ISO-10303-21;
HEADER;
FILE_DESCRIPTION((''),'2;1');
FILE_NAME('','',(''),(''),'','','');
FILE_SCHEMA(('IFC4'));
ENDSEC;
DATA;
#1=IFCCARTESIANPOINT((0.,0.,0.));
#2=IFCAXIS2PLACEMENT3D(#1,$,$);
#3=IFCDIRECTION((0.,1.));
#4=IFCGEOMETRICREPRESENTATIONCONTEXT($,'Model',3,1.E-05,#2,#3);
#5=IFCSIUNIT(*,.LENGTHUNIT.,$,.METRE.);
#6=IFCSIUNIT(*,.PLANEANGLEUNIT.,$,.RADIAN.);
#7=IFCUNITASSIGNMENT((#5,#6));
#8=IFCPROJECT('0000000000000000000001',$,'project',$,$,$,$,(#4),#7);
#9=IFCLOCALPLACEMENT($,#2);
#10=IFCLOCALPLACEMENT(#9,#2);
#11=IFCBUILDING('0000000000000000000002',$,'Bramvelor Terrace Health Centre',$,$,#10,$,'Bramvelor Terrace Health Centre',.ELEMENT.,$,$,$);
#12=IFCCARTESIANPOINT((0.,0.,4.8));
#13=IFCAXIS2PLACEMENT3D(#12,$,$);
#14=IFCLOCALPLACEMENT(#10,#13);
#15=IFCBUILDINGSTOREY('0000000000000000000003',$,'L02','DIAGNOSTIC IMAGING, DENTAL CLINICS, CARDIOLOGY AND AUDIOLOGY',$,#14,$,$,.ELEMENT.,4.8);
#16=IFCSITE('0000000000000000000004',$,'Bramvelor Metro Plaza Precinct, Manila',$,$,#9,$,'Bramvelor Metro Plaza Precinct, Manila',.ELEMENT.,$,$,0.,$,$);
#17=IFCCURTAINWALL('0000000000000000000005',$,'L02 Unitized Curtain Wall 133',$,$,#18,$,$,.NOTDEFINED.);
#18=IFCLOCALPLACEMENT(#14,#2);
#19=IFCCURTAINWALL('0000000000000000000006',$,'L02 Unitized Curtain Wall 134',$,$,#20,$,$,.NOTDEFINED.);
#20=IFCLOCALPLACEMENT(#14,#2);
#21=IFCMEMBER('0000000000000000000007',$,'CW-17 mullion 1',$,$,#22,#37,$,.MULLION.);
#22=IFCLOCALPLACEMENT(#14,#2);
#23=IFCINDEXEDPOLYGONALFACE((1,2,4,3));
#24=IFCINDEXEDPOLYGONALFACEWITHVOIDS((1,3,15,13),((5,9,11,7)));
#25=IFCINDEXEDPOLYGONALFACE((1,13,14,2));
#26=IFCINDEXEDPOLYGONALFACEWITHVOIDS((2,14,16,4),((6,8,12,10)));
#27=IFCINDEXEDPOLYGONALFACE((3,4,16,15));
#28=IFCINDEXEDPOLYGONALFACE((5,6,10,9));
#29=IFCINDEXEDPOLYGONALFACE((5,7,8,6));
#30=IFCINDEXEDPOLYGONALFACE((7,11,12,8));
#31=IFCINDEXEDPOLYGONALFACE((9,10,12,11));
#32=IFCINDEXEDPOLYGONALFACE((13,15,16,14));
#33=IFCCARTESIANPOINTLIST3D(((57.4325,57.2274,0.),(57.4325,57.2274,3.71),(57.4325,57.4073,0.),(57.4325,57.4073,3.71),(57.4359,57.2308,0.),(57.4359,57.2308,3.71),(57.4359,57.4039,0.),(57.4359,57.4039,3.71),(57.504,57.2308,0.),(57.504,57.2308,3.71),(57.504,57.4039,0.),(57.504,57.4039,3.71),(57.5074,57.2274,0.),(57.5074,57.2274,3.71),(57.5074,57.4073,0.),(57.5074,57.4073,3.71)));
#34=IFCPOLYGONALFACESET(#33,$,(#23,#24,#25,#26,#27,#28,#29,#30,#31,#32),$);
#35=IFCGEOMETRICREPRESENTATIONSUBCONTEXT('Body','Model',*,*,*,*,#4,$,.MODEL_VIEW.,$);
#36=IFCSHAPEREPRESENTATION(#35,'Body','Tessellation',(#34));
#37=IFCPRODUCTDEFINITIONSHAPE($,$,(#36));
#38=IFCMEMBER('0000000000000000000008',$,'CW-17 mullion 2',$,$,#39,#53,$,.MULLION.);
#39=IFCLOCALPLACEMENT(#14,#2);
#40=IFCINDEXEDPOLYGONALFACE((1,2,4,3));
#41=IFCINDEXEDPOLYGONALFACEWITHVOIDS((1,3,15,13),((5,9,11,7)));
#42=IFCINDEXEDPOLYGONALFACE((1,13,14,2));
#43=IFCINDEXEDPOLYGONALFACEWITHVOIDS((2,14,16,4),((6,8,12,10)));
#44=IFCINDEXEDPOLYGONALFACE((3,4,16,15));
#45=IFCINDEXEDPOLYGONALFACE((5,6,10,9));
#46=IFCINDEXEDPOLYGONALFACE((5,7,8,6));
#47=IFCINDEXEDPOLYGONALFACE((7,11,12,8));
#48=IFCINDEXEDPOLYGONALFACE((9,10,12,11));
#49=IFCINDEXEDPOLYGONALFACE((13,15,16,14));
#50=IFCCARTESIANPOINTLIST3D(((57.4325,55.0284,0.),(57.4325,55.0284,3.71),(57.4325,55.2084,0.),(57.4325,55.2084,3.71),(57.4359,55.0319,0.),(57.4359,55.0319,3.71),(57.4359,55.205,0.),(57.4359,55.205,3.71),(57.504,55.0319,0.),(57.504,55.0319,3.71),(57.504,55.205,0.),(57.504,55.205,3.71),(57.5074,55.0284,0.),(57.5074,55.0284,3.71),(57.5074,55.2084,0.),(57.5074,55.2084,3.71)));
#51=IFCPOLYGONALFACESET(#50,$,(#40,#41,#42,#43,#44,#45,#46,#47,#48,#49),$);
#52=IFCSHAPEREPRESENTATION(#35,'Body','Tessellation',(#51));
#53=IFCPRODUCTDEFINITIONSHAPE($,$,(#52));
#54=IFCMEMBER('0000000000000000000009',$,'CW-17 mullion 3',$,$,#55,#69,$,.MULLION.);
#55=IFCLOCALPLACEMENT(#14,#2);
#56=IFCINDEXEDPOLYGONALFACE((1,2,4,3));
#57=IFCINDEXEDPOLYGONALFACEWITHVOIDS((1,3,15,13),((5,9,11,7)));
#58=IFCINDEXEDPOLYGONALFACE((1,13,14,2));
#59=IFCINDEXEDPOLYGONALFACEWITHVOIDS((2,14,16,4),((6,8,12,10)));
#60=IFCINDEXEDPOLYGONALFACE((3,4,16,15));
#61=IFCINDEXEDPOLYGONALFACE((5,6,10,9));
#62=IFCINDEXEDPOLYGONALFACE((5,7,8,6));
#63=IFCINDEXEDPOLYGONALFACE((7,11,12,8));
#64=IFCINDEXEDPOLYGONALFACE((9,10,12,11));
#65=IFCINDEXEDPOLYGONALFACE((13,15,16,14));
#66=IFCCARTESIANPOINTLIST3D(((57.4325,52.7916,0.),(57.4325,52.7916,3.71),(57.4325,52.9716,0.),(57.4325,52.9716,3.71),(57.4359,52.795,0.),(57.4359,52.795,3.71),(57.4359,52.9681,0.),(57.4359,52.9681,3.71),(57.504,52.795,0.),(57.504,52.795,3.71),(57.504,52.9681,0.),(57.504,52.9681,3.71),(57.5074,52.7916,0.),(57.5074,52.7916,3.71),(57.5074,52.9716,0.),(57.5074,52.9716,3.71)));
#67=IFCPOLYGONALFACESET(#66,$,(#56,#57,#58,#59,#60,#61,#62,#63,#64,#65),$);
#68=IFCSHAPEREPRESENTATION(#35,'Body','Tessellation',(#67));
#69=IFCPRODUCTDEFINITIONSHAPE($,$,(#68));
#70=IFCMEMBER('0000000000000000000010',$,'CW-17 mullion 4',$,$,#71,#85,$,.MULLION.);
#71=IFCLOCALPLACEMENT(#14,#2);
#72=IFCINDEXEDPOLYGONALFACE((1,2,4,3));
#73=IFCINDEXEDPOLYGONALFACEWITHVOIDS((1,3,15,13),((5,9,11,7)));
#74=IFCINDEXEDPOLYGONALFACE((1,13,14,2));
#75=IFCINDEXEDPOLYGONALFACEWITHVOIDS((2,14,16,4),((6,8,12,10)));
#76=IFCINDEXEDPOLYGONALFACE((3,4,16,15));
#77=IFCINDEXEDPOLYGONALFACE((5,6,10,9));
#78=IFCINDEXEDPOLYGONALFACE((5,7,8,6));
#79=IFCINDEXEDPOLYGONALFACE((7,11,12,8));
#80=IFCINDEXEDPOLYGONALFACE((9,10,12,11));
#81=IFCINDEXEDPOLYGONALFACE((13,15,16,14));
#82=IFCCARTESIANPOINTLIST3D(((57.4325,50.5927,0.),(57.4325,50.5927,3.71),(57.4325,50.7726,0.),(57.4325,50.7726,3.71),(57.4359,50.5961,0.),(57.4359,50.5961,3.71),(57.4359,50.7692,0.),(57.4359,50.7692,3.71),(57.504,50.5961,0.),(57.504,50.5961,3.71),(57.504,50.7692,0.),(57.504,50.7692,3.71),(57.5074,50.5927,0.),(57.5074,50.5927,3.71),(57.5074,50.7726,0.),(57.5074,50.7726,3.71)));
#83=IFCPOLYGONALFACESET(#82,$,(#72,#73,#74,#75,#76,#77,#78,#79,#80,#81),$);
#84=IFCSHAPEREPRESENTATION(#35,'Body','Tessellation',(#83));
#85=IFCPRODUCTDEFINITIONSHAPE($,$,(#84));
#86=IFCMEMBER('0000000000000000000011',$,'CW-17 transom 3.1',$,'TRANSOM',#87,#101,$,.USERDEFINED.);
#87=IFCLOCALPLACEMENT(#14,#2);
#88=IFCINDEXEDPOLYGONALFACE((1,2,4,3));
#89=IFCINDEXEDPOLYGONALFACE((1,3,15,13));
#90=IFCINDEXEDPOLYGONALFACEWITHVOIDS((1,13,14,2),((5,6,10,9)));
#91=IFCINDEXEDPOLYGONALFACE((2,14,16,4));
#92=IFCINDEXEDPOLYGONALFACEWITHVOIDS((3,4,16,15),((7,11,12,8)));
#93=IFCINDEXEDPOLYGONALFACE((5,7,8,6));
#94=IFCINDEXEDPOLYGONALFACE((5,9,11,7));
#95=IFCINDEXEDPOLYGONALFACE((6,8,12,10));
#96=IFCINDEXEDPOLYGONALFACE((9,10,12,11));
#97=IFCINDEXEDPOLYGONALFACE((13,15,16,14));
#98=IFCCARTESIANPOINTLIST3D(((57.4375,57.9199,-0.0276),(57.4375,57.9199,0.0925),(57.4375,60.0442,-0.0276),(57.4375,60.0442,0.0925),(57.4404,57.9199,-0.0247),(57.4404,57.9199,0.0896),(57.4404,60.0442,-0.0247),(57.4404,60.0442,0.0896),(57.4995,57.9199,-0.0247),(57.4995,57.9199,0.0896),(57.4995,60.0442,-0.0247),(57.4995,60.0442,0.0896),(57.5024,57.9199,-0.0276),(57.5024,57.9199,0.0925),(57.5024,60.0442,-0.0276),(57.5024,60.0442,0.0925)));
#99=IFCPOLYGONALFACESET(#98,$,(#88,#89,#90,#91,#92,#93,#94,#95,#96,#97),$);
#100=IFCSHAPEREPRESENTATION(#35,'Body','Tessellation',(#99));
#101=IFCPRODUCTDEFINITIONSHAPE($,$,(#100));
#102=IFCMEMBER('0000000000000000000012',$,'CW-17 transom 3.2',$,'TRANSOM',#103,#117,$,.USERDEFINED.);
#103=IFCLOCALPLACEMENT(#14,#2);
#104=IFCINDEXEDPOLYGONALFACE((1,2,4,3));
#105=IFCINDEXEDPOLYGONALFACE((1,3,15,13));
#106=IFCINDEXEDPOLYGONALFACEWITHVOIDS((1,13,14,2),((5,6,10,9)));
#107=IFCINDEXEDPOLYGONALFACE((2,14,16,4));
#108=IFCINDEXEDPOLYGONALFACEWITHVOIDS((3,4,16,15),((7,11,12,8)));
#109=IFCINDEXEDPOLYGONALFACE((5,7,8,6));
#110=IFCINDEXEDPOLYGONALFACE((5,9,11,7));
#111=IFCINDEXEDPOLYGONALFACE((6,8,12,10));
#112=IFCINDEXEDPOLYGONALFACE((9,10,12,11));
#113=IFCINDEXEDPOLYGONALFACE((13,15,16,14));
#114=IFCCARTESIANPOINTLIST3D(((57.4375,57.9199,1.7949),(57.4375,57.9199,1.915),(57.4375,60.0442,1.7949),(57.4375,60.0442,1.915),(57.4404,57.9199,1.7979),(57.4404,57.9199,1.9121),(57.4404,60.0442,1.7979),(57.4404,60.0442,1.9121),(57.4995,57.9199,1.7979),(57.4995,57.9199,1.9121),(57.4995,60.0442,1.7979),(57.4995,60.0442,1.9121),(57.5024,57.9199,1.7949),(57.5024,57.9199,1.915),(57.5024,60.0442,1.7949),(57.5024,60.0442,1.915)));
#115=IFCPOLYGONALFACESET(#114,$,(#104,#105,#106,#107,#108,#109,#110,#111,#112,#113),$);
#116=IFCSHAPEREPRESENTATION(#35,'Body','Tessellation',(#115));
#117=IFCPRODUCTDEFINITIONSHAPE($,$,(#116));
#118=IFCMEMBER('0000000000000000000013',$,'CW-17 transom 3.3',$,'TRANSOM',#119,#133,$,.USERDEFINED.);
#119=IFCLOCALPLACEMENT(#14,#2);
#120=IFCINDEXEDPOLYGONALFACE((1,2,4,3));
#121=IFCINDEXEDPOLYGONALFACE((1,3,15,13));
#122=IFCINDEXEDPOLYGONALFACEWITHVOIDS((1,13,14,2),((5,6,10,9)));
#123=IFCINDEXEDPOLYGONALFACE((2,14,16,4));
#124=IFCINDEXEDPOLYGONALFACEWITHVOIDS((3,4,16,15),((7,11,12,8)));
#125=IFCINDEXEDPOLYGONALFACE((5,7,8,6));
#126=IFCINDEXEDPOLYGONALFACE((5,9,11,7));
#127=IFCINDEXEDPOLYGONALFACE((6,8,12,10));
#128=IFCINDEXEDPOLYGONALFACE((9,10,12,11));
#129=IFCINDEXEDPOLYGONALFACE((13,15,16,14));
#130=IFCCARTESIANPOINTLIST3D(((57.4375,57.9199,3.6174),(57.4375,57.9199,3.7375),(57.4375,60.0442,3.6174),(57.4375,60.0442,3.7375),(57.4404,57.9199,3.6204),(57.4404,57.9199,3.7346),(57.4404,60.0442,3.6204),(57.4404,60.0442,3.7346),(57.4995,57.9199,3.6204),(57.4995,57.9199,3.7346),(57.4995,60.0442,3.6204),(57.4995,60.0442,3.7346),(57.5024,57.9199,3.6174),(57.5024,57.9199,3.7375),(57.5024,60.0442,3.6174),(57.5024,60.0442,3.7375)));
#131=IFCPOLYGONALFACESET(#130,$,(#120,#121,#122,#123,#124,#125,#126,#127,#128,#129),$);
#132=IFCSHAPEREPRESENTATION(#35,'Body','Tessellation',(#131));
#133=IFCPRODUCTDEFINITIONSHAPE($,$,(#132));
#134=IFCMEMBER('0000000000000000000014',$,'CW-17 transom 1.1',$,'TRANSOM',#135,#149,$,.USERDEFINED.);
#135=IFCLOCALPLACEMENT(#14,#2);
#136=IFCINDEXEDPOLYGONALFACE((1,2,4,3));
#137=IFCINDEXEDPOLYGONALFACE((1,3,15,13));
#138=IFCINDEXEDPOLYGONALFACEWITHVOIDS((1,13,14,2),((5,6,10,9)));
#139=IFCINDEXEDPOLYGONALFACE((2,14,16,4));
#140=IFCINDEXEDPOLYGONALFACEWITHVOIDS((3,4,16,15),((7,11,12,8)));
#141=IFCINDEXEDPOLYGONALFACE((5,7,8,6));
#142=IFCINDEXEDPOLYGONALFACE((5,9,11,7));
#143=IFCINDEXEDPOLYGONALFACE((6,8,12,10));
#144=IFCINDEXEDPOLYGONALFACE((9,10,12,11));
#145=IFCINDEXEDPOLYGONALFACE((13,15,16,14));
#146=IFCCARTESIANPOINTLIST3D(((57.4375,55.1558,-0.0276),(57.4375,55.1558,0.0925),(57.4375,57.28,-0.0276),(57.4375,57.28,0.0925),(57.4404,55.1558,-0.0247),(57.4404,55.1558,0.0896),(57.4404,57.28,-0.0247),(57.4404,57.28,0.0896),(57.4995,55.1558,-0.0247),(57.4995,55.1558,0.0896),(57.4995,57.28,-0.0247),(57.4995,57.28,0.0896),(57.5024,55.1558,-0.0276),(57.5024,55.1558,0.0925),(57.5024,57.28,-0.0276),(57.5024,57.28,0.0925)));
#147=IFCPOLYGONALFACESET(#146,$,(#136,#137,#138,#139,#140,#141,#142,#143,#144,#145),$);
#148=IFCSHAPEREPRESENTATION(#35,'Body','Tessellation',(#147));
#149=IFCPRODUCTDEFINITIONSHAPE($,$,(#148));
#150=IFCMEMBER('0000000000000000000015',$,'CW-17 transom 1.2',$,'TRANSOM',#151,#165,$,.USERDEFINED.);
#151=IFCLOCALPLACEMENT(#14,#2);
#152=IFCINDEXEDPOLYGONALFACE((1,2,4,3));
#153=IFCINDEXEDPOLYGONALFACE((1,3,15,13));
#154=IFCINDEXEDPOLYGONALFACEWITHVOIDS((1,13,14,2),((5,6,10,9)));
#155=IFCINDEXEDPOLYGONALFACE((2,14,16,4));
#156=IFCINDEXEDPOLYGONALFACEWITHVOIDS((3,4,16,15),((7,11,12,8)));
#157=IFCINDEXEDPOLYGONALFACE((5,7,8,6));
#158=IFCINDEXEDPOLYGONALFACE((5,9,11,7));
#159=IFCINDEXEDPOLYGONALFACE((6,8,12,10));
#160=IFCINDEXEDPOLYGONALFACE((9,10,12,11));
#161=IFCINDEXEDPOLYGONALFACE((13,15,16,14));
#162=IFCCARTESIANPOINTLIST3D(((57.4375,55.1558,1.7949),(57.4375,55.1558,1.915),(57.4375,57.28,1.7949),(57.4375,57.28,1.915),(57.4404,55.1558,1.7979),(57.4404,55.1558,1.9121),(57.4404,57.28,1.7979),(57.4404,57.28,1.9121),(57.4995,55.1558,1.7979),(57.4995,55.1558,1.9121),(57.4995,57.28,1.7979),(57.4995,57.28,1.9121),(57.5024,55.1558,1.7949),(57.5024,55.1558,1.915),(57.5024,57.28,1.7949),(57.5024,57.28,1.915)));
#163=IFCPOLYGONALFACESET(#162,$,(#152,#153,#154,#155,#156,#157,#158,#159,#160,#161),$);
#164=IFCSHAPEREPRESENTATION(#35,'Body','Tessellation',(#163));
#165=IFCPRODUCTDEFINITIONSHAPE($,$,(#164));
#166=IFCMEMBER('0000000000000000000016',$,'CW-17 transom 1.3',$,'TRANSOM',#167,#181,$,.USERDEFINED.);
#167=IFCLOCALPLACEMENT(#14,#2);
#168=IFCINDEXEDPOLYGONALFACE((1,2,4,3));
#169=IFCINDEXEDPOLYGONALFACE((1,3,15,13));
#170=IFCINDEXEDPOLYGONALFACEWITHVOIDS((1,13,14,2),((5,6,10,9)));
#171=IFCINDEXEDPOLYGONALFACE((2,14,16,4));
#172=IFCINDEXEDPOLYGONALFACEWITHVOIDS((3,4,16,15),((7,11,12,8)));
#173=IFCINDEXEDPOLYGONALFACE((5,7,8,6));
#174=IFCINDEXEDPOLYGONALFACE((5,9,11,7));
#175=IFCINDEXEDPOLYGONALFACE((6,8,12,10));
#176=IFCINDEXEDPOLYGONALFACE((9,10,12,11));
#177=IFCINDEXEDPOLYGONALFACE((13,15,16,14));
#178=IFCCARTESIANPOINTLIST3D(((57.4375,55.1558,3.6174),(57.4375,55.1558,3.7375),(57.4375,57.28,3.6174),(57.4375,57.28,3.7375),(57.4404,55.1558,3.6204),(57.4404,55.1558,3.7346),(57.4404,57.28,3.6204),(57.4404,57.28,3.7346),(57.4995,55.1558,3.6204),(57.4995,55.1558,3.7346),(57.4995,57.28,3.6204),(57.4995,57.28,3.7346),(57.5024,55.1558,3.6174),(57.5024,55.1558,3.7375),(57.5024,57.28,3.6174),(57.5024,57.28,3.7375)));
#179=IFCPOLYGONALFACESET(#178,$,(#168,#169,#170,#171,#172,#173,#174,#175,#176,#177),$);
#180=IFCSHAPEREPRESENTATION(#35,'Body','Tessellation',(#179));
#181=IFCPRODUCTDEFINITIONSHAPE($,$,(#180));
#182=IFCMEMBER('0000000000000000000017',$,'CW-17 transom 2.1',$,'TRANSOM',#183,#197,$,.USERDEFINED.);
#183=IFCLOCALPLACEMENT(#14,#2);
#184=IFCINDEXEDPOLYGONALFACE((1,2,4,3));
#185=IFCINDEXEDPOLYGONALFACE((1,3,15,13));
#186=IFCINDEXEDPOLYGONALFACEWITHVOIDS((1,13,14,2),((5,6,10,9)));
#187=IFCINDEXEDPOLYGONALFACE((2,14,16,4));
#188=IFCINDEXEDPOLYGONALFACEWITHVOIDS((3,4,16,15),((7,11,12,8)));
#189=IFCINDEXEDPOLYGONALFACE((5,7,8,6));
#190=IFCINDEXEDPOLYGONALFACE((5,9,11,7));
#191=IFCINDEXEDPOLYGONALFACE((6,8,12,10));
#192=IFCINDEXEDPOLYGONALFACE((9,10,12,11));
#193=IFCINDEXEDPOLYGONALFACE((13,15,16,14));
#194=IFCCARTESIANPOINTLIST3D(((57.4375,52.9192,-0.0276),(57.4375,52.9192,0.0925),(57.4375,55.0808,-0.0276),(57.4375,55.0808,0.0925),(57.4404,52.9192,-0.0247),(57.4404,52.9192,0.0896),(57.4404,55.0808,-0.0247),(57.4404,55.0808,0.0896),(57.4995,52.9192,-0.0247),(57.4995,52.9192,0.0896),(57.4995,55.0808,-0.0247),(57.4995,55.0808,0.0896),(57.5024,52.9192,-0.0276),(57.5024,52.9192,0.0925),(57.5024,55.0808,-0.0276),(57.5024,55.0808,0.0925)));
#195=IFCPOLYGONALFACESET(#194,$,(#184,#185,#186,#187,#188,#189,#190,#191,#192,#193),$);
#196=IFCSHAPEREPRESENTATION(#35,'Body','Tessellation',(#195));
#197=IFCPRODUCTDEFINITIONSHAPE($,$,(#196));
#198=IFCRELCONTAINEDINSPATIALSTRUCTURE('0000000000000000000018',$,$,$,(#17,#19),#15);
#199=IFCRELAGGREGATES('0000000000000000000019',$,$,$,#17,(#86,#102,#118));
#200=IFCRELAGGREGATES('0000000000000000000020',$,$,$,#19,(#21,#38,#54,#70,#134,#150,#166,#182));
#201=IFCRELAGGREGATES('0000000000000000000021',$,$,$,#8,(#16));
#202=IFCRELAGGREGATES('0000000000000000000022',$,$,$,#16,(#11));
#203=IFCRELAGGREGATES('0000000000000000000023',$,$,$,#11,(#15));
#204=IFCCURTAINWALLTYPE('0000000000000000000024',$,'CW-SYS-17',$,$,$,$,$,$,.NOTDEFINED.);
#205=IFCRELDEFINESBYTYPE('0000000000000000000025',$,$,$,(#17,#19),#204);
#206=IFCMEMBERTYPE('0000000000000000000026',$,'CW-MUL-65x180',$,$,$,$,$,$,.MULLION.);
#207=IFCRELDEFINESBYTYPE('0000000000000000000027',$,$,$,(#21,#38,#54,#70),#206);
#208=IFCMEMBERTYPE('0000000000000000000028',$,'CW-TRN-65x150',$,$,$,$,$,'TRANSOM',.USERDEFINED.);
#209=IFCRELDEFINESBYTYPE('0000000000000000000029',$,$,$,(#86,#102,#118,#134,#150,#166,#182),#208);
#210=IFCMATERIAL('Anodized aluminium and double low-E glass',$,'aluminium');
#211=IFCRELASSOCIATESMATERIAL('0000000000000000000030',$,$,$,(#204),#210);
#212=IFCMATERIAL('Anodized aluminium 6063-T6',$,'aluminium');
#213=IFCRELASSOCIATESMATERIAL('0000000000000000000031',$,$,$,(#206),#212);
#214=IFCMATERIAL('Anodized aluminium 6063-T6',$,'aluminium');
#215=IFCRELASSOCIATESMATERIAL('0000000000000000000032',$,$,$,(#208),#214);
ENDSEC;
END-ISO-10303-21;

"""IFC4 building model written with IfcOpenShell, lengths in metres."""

from ifc_helpers import new_model, si_unit, direction, frame, origin, origin_2d, place, context, subcontext, project, spatial, hollow_rectangle, extrude, material, material_profile, profile_set, type_object, element, aggregate, save


model = new_model("IFC4")

# Units and contexts
model_context = context("Model", 3, precision=1e-05, world=origin(), true_north=direction((0.0, 1.0)))
body_context = subcontext(model_context, "Body", "Model", "MODEL_VIEW")
ifc_project = project(units=[si_unit("LENGTHUNIT", "METRE"), si_unit("PLANEANGLEUNIT", "RADIAN")], contexts=[model_context])

# Site, building, storey
site_placement = place(None, origin())
site = spatial("IfcSite", under=ifc_project, at=site_placement, Name="Bramvelor Metro Plaza Precinct, Manila", LongName="Bramvelor Metro Plaza Precinct, Manila", CompositionType="ELEMENT", RefElevation=0.0)
building_placement = place(site_placement, origin())
building = spatial("IfcBuilding", under=site, at=building_placement, Name="Bramvelor Terrace Health Centre", LongName="Bramvelor Terrace Health Centre", CompositionType="ELEMENT")
storey_placement = place(building_placement, frame((0.0, 0.0, 4.8)))
storey = spatial("IfcBuildingStorey", under=building, at=storey_placement, Name="L02", Description="DIAGNOSTIC IMAGING, DENTAL CLINICS, CARDIOLOGY AND AUDIOLOGY", CompositionType="ELEMENT", Elevation=4.8)

# Curtain wall
ifc_material_1 = material(Name="Anodized aluminium and double low-E glass", Category="aluminium")
curtain_wall_type = type_object("IfcCurtainWallType", Name="CW-SYS-17", PredefinedType="NOTDEFINED", material=ifc_material_1)
curtain_wall_1_placement = place(storey_placement, origin())
curtain_wall_1 = element("IfcCurtainWall", 1, at=curtain_wall_1_placement, inside=storey, type_object=curtain_wall_type, Name="L02 Unitized Curtain Wall 133", PredefinedType="NOTDEFINED")
ifc_material_2 = material(Name="Anodized aluminium 6063-T6", Category="aluminium")
ifc_material_profile_1 = material_profile(ifc_material_2, hollow_rectangle(XDim=0.075, YDim=0.1799, WallThickness=0.0034, at=origin_2d()), Name="ALU-MUL 75x180x3.5")
ifc_profile_set_1 = profile_set([ifc_material_profile_1], Name="Anodized aluminium 6063-T6")
member_type_1 = type_object("IfcMemberType", Name="CW-MUL-65x180", PredefinedType="MULLION", material=ifc_profile_set_1)

# Curtain wall, members
curtain_wall_2_placement = place(storey_placement, origin())
curtain_wall_2 = element("IfcCurtainWall", 2, at=curtain_wall_2_placement, inside=storey, type_object=curtain_wall_type, Name="L02 Unitized Curtain Wall 134", PredefinedType="NOTDEFINED")
member_1_placement = place(storey_placement, frame((57.47, 57.3174, 0.0), z_axis=(0.0, 0.0, 1.0), x_axis=(1.0, 0.0, 0.0)))
member_1 = element("IfcMember", 3, at=member_1_placement, type_object=member_type_1, Name="CW-17 mullion 1", PredefinedType="MULLION", context=body_context, shape_type="SweptSolid", body=[
    extrude(hollow_rectangle(XDim=0.075, YDim=0.1799, WallThickness=0.0034, at=origin_2d()), origin(), (0.0, 0.0, 1.0), 3.71),
])
member_2_placement = place(storey_placement, frame((57.47, 55.1184, 0.0), z_axis=(0.0, 0.0, 1.0), x_axis=(1.0, 0.0, 0.0)))
member_2 = element("IfcMember", 4, at=member_2_placement, type_object=member_type_1, Name="CW-17 mullion 2", PredefinedType="MULLION", context=body_context, shape_type="SweptSolid", body=[
    extrude(hollow_rectangle(XDim=0.075, YDim=0.1799, WallThickness=0.0034, at=origin_2d()), origin(), (0.0, 0.0, 1.0), 3.71),
])
member_3_placement = place(storey_placement, frame((57.47, 52.8816, 0.0), z_axis=(0.0, 0.0, 1.0), x_axis=(1.0, 0.0, 0.0)))
member_3 = element("IfcMember", 5, at=member_3_placement, type_object=member_type_1, Name="CW-17 mullion 3", PredefinedType="MULLION", context=body_context, shape_type="SweptSolid", body=[
    extrude(hollow_rectangle(XDim=0.075, YDim=0.1799, WallThickness=0.0034, at=origin_2d()), origin(), (0.0, 0.0, 1.0), 3.71),
])
member_4_placement = place(storey_placement, frame((57.47, 50.6826, 0.0), z_axis=(0.0, 0.0, 1.0), x_axis=(1.0, 0.0, 0.0)))
member_4 = element("IfcMember", 6, at=member_4_placement, type_object=member_type_1, Name="CW-17 mullion 4", PredefinedType="MULLION", context=body_context, shape_type="SweptSolid", body=[
    extrude(hollow_rectangle(XDim=0.075, YDim=0.1799, WallThickness=0.0034, at=origin_2d()), origin(), (0.0, 0.0, 1.0), 3.71),
])

# Members
ifc_material_3 = material(Name="Anodized aluminium 6063-T6", Category="aluminium")
ifc_material_profile_2 = material_profile(ifc_material_3, hollow_rectangle(XDim=0.0649, YDim=0.1201, WallThickness=0.0029, at=origin_2d()), Name="ALU-TRN 65x120x3.0")
ifc_profile_set_2 = profile_set([ifc_material_profile_2], Name="Anodized aluminium 6063-T6")
member_type_2 = type_object("IfcMemberType", Name="CW-TRN-65x150", ElementType="TRANSOM", PredefinedType="USERDEFINED", material=ifc_profile_set_2)
member_5_placement = place(storey_placement, frame((57.47, 60.0442, 0.0325), z_axis=(0.0, -1.0, 0.0), x_axis=(1.0, 0.0, 0.0)))
member_5 = element("IfcMember", 7, at=member_5_placement, type_object=member_type_2, Name="CW-17 transom 3.1", ObjectType="TRANSOM", PredefinedType="USERDEFINED", context=body_context, shape_type="SweptSolid", body=[
    extrude(hollow_rectangle(XDim=0.0649, YDim=0.1201, WallThickness=0.0029, at=origin_2d()), origin(), (0.0, 0.0, 1.0), 2.1243),
])
member_6_placement = place(storey_placement, frame((57.47, 60.0442, 1.855), z_axis=(0.0, -1.0, 0.0), x_axis=(1.0, 0.0, 0.0)))
member_6 = element("IfcMember", 8, at=member_6_placement, type_object=member_type_2, Name="CW-17 transom 3.2", ObjectType="TRANSOM", PredefinedType="USERDEFINED", context=body_context, shape_type="SweptSolid", body=[
    extrude(hollow_rectangle(XDim=0.0649, YDim=0.1201, WallThickness=0.0029, at=origin_2d()), origin(), (0.0, 0.0, 1.0), 2.1243),
])
member_7_placement = place(storey_placement, frame((57.47, 60.0442, 3.6775), z_axis=(0.0, -1.0, 0.0), x_axis=(1.0, 0.0, 0.0)))
member_7 = element("IfcMember", 9, at=member_7_placement, type_object=member_type_2, Name="CW-17 transom 3.3", ObjectType="TRANSOM", PredefinedType="USERDEFINED", context=body_context, shape_type="SweptSolid", body=[
    extrude(hollow_rectangle(XDim=0.0649, YDim=0.1201, WallThickness=0.0029, at=origin_2d()), origin(), (0.0, 0.0, 1.0), 2.1243),
])
member_8_placement = place(storey_placement, frame((57.47, 57.28, 0.0325), z_axis=(0.0, -1.0, 0.0), x_axis=(1.0, 0.0, 0.0)))
member_8 = element("IfcMember", 10, at=member_8_placement, type_object=member_type_2, Name="CW-17 transom 1.1", ObjectType="TRANSOM", PredefinedType="USERDEFINED", context=body_context, shape_type="SweptSolid", body=[
    extrude(hollow_rectangle(XDim=0.0649, YDim=0.1201, WallThickness=0.0029, at=origin_2d()), origin(), (0.0, 0.0, 1.0), 2.1243),
])
member_9_placement = place(storey_placement, frame((57.47, 57.28, 1.855), z_axis=(0.0, -1.0, 0.0), x_axis=(1.0, 0.0, 0.0)))
member_9 = element("IfcMember", 11, at=member_9_placement, type_object=member_type_2, Name="CW-17 transom 1.2", ObjectType="TRANSOM", PredefinedType="USERDEFINED", context=body_context, shape_type="SweptSolid", body=[
    extrude(hollow_rectangle(XDim=0.0649, YDim=0.1201, WallThickness=0.0029, at=origin_2d()), origin(), (0.0, 0.0, 1.0), 2.1243),
])
member_10_placement = place(storey_placement, frame((57.47, 57.28, 3.6775), z_axis=(0.0, -1.0, 0.0), x_axis=(1.0, 0.0, 0.0)))
member_10 = element("IfcMember", 12, at=member_10_placement, type_object=member_type_2, Name="CW-17 transom 1.3", ObjectType="TRANSOM", PredefinedType="USERDEFINED", context=body_context, shape_type="SweptSolid", body=[
    extrude(hollow_rectangle(XDim=0.0649, YDim=0.1201, WallThickness=0.0029, at=origin_2d()), origin(), (0.0, 0.0, 1.0), 2.1243),
])
member_11_placement = place(storey_placement, frame((57.47, 55.0808, 0.0325), z_axis=(0.0, -1.0, 0.0), x_axis=(1.0, 0.0, 0.0)))
member_11 = element("IfcMember", 13, at=member_11_placement, type_object=member_type_2, Name="CW-17 transom 2.1", ObjectType="TRANSOM", PredefinedType="USERDEFINED", context=body_context, shape_type="SweptSolid", body=[
    extrude(hollow_rectangle(XDim=0.0649, YDim=0.1201, WallThickness=0.0029, at=origin_2d()), origin(), (0.0, 0.0, 1.0), 2.1616),
])

aggregate(curtain_wall_1, [member_5, member_6, member_7])
aggregate(curtain_wall_2, [member_1, member_2, member_3, member_4, member_8, member_9, member_10, member_11])

save(model, "model.ifc")
